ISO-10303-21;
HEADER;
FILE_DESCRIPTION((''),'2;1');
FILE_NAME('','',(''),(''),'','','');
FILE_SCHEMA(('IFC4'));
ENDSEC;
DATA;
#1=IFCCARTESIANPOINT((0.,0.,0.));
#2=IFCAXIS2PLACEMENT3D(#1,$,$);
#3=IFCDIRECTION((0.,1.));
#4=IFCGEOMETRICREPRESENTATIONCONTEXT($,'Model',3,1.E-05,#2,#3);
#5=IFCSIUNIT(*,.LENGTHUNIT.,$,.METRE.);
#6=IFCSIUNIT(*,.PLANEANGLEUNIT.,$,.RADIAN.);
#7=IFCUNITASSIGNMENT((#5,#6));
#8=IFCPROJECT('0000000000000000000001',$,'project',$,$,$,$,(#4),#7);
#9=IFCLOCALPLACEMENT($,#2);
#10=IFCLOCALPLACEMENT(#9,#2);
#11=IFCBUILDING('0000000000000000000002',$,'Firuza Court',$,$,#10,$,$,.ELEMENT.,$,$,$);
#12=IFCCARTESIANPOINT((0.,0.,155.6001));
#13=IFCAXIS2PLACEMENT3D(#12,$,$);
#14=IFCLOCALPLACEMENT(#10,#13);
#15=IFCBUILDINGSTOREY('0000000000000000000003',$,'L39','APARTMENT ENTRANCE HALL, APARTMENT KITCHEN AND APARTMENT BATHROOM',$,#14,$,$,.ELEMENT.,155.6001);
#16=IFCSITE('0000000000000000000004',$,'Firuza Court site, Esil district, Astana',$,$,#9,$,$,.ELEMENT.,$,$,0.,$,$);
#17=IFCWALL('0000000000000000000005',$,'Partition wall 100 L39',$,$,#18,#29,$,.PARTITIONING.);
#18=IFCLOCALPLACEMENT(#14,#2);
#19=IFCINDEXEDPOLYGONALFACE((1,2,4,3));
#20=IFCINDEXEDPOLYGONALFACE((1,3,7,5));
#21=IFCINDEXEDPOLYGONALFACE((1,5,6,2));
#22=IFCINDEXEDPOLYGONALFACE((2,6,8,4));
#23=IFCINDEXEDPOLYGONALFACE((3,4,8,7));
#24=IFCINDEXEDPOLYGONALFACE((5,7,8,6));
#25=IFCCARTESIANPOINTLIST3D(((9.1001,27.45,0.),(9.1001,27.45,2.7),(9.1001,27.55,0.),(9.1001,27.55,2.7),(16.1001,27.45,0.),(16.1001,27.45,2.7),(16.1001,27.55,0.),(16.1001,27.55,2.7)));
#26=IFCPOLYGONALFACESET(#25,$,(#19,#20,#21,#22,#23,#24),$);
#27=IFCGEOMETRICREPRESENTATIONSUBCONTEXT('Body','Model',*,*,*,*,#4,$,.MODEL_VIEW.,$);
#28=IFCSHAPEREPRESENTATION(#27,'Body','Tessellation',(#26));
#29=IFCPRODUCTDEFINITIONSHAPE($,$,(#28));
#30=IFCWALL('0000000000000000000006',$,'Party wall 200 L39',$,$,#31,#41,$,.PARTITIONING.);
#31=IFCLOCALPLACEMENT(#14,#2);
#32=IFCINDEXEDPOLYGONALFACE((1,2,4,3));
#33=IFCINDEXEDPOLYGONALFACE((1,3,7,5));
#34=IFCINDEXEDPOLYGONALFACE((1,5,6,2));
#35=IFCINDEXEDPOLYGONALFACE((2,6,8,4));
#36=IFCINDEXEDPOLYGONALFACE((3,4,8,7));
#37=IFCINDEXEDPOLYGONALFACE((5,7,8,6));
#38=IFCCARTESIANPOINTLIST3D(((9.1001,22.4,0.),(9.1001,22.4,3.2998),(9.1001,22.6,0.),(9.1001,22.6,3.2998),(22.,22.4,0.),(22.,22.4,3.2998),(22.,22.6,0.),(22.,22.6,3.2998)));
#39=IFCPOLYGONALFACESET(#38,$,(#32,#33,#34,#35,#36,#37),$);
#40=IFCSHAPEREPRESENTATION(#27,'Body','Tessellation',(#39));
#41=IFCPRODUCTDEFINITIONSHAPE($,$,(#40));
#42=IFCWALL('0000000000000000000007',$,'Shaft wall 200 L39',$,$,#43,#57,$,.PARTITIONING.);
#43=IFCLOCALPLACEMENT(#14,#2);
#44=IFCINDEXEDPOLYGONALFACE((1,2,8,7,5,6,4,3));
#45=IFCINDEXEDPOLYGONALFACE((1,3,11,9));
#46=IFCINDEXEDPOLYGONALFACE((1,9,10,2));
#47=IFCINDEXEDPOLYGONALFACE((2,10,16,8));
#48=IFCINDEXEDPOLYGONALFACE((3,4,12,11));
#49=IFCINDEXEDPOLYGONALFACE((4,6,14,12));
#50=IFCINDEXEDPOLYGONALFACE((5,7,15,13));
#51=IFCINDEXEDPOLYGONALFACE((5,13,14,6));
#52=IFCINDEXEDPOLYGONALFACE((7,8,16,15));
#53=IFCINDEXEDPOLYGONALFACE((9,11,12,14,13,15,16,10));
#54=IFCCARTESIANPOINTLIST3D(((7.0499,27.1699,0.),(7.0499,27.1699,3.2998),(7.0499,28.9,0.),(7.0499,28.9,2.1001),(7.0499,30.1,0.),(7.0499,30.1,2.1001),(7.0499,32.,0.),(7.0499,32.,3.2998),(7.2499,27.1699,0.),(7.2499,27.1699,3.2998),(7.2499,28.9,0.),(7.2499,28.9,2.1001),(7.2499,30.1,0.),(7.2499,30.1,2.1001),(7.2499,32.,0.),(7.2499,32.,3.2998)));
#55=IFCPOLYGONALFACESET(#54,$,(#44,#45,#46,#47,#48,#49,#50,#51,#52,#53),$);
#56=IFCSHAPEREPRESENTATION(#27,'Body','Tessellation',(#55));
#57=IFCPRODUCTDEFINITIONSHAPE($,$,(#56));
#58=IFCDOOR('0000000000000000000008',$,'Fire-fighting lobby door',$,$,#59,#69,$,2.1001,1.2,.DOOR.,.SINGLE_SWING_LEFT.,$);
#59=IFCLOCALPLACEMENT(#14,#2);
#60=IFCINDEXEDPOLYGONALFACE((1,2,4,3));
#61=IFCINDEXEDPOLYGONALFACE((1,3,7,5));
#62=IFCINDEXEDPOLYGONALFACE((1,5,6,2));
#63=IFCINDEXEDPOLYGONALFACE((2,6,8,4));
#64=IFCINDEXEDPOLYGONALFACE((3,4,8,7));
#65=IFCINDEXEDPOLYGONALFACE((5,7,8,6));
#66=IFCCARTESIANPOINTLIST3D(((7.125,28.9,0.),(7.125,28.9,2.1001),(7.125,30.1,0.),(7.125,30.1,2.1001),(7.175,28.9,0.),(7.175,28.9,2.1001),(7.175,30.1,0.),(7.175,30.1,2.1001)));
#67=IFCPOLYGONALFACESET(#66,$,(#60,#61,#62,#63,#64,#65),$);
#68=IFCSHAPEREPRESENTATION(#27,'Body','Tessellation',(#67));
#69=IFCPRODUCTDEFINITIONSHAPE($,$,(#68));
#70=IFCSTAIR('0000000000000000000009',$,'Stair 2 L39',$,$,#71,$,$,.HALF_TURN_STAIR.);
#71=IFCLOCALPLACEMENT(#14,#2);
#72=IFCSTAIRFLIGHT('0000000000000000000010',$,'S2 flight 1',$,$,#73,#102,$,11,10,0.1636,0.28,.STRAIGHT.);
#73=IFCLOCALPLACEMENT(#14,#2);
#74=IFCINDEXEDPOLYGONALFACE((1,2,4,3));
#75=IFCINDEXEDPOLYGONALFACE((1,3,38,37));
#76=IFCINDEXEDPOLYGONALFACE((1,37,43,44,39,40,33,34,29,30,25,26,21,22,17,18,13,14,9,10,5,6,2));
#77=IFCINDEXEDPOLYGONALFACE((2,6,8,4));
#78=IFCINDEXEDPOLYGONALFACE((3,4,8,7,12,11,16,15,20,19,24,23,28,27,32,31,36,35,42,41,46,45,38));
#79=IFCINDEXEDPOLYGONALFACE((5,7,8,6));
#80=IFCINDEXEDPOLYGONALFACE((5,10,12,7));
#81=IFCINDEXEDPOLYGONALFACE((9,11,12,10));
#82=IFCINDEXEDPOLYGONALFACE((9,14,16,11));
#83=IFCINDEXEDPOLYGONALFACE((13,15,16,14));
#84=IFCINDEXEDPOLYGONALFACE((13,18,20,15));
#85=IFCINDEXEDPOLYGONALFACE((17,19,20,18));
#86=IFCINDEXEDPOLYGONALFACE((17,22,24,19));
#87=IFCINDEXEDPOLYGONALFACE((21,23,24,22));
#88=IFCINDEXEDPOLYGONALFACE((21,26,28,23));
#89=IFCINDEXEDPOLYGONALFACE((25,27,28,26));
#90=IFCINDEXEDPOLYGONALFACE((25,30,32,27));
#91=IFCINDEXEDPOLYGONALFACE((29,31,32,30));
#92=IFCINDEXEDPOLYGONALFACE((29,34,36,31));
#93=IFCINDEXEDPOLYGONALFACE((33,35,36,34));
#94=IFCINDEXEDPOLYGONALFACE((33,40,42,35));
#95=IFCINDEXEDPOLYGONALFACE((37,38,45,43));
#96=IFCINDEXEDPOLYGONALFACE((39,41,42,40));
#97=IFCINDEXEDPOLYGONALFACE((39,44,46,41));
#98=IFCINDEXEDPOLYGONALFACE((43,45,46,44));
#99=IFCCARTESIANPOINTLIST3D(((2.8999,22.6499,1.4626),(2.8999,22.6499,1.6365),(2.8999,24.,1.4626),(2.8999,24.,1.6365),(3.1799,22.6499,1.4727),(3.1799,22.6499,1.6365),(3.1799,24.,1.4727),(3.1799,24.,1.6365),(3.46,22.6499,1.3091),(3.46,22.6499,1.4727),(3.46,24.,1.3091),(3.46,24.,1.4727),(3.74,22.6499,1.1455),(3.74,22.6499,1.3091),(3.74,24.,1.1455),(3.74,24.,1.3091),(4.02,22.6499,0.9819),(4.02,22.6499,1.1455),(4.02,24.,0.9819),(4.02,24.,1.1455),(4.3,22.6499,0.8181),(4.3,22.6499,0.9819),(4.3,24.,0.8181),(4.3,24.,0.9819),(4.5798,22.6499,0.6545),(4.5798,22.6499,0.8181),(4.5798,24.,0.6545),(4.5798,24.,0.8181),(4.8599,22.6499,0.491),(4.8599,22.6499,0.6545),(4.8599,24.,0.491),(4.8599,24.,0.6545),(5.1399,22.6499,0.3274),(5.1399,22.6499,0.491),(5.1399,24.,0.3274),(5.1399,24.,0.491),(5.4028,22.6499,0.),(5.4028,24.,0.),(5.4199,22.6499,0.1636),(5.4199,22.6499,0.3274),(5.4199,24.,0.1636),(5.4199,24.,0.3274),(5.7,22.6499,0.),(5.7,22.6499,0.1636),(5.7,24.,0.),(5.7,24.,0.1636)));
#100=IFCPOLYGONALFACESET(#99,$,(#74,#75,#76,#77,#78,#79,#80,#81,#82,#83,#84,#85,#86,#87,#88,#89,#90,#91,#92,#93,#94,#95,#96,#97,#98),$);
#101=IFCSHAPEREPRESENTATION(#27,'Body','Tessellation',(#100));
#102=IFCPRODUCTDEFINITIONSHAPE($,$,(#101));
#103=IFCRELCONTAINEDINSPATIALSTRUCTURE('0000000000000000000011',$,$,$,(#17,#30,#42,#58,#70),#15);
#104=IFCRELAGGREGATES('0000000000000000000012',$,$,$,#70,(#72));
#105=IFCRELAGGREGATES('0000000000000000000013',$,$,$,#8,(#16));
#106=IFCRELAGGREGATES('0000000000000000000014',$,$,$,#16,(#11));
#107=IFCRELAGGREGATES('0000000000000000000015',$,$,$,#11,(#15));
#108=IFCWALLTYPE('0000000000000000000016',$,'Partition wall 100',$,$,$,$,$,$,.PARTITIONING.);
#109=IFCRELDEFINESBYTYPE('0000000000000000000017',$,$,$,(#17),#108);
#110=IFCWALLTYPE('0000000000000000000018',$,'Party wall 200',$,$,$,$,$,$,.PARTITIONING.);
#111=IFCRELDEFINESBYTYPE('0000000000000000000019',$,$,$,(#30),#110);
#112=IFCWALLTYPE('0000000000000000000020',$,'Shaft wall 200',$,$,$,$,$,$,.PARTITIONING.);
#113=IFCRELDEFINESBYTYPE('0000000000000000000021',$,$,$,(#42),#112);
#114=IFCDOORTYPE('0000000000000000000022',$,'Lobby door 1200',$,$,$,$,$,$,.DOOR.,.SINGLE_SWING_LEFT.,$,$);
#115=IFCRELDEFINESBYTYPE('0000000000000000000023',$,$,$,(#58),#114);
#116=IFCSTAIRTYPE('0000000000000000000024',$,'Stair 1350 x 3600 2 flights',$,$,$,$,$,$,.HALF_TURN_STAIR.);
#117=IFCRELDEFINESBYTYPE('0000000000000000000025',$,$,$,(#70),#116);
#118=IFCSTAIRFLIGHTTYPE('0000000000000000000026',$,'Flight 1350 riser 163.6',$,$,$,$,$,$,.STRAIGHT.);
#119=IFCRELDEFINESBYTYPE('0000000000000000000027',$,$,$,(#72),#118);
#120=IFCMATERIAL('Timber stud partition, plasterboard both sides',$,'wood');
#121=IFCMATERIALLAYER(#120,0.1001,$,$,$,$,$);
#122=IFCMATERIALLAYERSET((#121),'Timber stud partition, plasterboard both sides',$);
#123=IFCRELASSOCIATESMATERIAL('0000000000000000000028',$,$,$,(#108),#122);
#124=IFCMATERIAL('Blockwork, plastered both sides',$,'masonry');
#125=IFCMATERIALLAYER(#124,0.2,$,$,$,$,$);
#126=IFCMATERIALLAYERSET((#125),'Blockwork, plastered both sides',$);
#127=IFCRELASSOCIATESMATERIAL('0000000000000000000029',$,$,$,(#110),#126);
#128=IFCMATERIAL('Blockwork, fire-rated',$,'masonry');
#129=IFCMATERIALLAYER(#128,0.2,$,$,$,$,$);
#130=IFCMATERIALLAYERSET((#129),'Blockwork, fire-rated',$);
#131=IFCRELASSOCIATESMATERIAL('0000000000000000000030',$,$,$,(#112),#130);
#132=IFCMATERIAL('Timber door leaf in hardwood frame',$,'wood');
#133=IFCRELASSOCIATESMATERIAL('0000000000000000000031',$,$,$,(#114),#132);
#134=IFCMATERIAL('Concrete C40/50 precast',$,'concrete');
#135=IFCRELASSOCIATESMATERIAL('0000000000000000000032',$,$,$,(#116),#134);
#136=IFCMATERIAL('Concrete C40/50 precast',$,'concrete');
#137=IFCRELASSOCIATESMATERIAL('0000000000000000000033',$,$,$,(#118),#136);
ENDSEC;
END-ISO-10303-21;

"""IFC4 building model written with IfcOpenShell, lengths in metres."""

from ifc_helpers import new_model, si_unit, direction, frame, frame_2d, origin, place, context, subcontext, project, spatial, polyline, rectangle, outline, extrude, material, layer, layer_set, type_object, element, fill, aggregate, save


model = new_model("IFC4")

# Units and contexts
model_context = context("Model", 3, precision=1e-05, world=origin(), true_north=direction((0.0, 1.0)))
body_context = subcontext(model_context, "Body", "Model", "MODEL_VIEW")
ifc_project = project(units=[si_unit("LENGTHUNIT", "METRE"), si_unit("PLANEANGLEUNIT", "RADIAN")], contexts=[model_context])

# Site, building, storey
site_placement = place(None, origin())
site = spatial("IfcSite", under=ifc_project, at=site_placement, Name="Firuza Court site, Esil district, Astana", CompositionType="ELEMENT", RefElevation=0.0)
building_placement = place(site_placement, origin())
building = spatial("IfcBuilding", under=site, at=building_placement, Name="Firuza Court", CompositionType="ELEMENT")
storey_placement = place(building_placement, frame((0.0, 0.0, 155.6001)))
storey = spatial("IfcBuildingStorey", under=building, at=storey_placement, Name="L39", Description="APARTMENT ENTRANCE HALL, APARTMENT KITCHEN AND APARTMENT BATHROOM", CompositionType="ELEMENT", Elevation=155.6001)

# Shared definitions
ifc_material_1 = material(Name="Timber stud partition, plasterboard both sides", Category="wood")
ifc_layer_1 = layer(ifc_material_1, 0.1001)
ifc_layer_set_1 = layer_set([ifc_layer_1], Name="Timber stud partition, plasterboard both sides")
wall_type_1 = type_object("IfcWallType", Name="Partition wall 100", PredefinedType="PARTITIONING", material=ifc_layer_set_1)

# Walls
wall_1_placement = place(storey_placement, frame((9.1001, 27.5, 0.0), z_axis=(0.0, 0.0, 1.0), x_axis=(1.0, 0.0, 0.0)))
element("IfcWall", 1, at=wall_1_placement, inside=storey, type_object=wall_type_1, Name="Partition wall 100 L39", PredefinedType="PARTITIONING", context=body_context, shape_type="SweptSolid", body=[
    extrude(rectangle(XDim=7.0, YDim=0.1001, at=frame_2d((3.5, 0.0))), origin(), (0.0, 0.0, 1.0), 2.7),
])
ifc_material_2 = material(Name="Blockwork, plastered both sides", Category="masonry")
ifc_layer_2 = layer(ifc_material_2, 0.2)
ifc_layer_set_2 = layer_set([ifc_layer_2], Name="Blockwork, plastered both sides")
wall_type_2 = type_object("IfcWallType", Name="Party wall 200", PredefinedType="PARTITIONING", material=ifc_layer_set_2)
wall_2_placement = place(storey_placement, frame((9.1001, 22.5, 0.0), z_axis=(0.0, 0.0, 1.0), x_axis=(1.0, 0.0, 0.0)))
element("IfcWall", 2, at=wall_2_placement, inside=storey, type_object=wall_type_2, Name="Party wall 200 L39", PredefinedType="PARTITIONING", context=body_context, shape_type="SweptSolid", body=[
    extrude(rectangle(XDim=12.8999, YDim=0.2, at=frame_2d((6.45, 0.0))), origin(), (0.0, 0.0, 1.0), 3.2998),
])

# Wall, opening, door
ifc_material_3 = material(Name="Blockwork, fire-rated", Category="masonry")
ifc_layer_3 = layer(ifc_material_3, 0.2)
ifc_layer_set_3 = layer_set([ifc_layer_3], Name="Blockwork, fire-rated")
wall_type_3 = type_object("IfcWallType", Name="Shaft wall 200", PredefinedType="PARTITIONING", material=ifc_layer_set_3)
wall_3_placement = place(storey_placement, frame((7.1499, 27.1699, 0.0), z_axis=(0.0, 0.0, 1.0), x_axis=(0.0, 1.0, 0.0)))
wall_3 = element("IfcWall", 3, at=wall_3_placement, inside=storey, type_object=wall_type_3, Name="Shaft wall 200 L39", PredefinedType="PARTITIONING", context=body_context, shape_type="SweptSolid", body=[
    extrude(rectangle(XDim=4.8301, YDim=0.2, at=frame_2d((2.415, 0.0))), origin(), (0.0, 0.0, 1.0), 3.2998),
])
opening_1_placement = place(wall_3_placement, frame((1.73, 0.0, 0.0)))
opening_1 = element("IfcOpeningElement", 4, at=opening_1_placement, cuts=wall_3, PredefinedType="OPENING", context=body_context, shape_type="SweptSolid", body=[
    extrude(rectangle(XDim=1.2, YDim=2.1001, at=frame_2d((0.6001, 1.05))), frame((0.0, 0.1118, 0.0), z_axis=(0.0, -1.0, 0.0), x_axis=(1.0, 0.0, 0.0)), (0.0, 0.0, 1.0), 0.2239),
])
ifc_material_4 = material(Name="Timber door leaf in hardwood frame", Category="wood")
door_type_1 = type_object("IfcDoorType", Name="Lobby door 1200", OperationType="SINGLE_SWING_LEFT", PredefinedType="DOOR", material=ifc_material_4)
door_1_placement = place(opening_1_placement, origin())
door_1 = element("IfcDoor", 5, at=door_1_placement, inside=storey, type_object=door_type_1, Name="Fire-fighting lobby door", OperationType="SINGLE_SWING_LEFT", OverallHeight=2.1001, OverallWidth=1.2, PredefinedType="DOOR", context=body_context, shape_type="SweptSolid", body=[
    extrude(rectangle(XDim=1.2, YDim=2.1001, at=frame_2d((0.6001, 1.05))), frame((0.0, 0.0249, 0.0), z_axis=(0.0, -1.0, 0.0), x_axis=(1.0, 0.0, 0.0)), (0.0, 0.0, 1.0), 0.05),
])
fill(opening_1, door_1)

# Stair, stair flight
ifc_material_5 = material(Name="Concrete C40/50 precast", Category="concrete")
stair_type = type_object("IfcStairType", Name="Stair 1350 x 3600 2 flights", PredefinedType="HALF_TURN_STAIR", material=ifc_material_5)
stair_placement = place(storey_placement, origin())
stair = element("IfcStair", 6, at=stair_placement, inside=storey, type_object=stair_type, Name="Stair 2 L39", PredefinedType="HALF_TURN_STAIR")
ifc_material_6 = material(Name="Concrete C40/50 precast", Category="concrete")
stair_flight_type = type_object("IfcStairFlightType", Name="Flight 1350 riser 163.6", PredefinedType="STRAIGHT", material=ifc_material_6)
stair_flight_placement = place(storey_placement, frame((5.7, 23.325, 0.0), z_axis=(0.0, 0.0, 1.0), x_axis=(-1.0, 0.0, 0.0)))
stair_flight = element("IfcStairFlight", 7, at=stair_flight_placement, type_object=stair_flight_type, Name="S2 flight 1", NumberOfRisers=11, NumberOfTreads=10, PredefinedType="STRAIGHT", RiserHeight=0.1636, TreadLength=0.28, context=body_context, shape_type="SweptSolid", body=[
    extrude(outline(polyline([(0.0, 0.0), (0.0, 0.1636), (0.28, 0.1636), (0.28, 0.3274), (0.5601, 0.3274), (0.5601, 0.491), (0.8401, 0.491), (0.8401, 0.6545), (1.1201, 0.6545), (1.1201, 0.8181), (1.3999, 0.8181), (1.3999, 0.9819), (1.6799, 0.9819), (1.6799, 1.1455), (1.96, 1.1455), (1.96, 1.3091), (2.24, 1.3091), (2.24, 1.4727), (2.52, 1.4727), (2.52, 1.6365), (2.8, 1.6365), (2.8, 1.8), (2.8, 1.4626), (0.2971, 0.0), (0.0, 0.0)])), frame((0.0, 0.675, 0.0), z_axis=(0.0, -1.0, 0.0), x_axis=(1.0, 0.0, 0.0)), (0.0, 0.0, 1.0), 1.3501),
])
aggregate(stair, [stair_flight])

save(model, "model.ifc")
